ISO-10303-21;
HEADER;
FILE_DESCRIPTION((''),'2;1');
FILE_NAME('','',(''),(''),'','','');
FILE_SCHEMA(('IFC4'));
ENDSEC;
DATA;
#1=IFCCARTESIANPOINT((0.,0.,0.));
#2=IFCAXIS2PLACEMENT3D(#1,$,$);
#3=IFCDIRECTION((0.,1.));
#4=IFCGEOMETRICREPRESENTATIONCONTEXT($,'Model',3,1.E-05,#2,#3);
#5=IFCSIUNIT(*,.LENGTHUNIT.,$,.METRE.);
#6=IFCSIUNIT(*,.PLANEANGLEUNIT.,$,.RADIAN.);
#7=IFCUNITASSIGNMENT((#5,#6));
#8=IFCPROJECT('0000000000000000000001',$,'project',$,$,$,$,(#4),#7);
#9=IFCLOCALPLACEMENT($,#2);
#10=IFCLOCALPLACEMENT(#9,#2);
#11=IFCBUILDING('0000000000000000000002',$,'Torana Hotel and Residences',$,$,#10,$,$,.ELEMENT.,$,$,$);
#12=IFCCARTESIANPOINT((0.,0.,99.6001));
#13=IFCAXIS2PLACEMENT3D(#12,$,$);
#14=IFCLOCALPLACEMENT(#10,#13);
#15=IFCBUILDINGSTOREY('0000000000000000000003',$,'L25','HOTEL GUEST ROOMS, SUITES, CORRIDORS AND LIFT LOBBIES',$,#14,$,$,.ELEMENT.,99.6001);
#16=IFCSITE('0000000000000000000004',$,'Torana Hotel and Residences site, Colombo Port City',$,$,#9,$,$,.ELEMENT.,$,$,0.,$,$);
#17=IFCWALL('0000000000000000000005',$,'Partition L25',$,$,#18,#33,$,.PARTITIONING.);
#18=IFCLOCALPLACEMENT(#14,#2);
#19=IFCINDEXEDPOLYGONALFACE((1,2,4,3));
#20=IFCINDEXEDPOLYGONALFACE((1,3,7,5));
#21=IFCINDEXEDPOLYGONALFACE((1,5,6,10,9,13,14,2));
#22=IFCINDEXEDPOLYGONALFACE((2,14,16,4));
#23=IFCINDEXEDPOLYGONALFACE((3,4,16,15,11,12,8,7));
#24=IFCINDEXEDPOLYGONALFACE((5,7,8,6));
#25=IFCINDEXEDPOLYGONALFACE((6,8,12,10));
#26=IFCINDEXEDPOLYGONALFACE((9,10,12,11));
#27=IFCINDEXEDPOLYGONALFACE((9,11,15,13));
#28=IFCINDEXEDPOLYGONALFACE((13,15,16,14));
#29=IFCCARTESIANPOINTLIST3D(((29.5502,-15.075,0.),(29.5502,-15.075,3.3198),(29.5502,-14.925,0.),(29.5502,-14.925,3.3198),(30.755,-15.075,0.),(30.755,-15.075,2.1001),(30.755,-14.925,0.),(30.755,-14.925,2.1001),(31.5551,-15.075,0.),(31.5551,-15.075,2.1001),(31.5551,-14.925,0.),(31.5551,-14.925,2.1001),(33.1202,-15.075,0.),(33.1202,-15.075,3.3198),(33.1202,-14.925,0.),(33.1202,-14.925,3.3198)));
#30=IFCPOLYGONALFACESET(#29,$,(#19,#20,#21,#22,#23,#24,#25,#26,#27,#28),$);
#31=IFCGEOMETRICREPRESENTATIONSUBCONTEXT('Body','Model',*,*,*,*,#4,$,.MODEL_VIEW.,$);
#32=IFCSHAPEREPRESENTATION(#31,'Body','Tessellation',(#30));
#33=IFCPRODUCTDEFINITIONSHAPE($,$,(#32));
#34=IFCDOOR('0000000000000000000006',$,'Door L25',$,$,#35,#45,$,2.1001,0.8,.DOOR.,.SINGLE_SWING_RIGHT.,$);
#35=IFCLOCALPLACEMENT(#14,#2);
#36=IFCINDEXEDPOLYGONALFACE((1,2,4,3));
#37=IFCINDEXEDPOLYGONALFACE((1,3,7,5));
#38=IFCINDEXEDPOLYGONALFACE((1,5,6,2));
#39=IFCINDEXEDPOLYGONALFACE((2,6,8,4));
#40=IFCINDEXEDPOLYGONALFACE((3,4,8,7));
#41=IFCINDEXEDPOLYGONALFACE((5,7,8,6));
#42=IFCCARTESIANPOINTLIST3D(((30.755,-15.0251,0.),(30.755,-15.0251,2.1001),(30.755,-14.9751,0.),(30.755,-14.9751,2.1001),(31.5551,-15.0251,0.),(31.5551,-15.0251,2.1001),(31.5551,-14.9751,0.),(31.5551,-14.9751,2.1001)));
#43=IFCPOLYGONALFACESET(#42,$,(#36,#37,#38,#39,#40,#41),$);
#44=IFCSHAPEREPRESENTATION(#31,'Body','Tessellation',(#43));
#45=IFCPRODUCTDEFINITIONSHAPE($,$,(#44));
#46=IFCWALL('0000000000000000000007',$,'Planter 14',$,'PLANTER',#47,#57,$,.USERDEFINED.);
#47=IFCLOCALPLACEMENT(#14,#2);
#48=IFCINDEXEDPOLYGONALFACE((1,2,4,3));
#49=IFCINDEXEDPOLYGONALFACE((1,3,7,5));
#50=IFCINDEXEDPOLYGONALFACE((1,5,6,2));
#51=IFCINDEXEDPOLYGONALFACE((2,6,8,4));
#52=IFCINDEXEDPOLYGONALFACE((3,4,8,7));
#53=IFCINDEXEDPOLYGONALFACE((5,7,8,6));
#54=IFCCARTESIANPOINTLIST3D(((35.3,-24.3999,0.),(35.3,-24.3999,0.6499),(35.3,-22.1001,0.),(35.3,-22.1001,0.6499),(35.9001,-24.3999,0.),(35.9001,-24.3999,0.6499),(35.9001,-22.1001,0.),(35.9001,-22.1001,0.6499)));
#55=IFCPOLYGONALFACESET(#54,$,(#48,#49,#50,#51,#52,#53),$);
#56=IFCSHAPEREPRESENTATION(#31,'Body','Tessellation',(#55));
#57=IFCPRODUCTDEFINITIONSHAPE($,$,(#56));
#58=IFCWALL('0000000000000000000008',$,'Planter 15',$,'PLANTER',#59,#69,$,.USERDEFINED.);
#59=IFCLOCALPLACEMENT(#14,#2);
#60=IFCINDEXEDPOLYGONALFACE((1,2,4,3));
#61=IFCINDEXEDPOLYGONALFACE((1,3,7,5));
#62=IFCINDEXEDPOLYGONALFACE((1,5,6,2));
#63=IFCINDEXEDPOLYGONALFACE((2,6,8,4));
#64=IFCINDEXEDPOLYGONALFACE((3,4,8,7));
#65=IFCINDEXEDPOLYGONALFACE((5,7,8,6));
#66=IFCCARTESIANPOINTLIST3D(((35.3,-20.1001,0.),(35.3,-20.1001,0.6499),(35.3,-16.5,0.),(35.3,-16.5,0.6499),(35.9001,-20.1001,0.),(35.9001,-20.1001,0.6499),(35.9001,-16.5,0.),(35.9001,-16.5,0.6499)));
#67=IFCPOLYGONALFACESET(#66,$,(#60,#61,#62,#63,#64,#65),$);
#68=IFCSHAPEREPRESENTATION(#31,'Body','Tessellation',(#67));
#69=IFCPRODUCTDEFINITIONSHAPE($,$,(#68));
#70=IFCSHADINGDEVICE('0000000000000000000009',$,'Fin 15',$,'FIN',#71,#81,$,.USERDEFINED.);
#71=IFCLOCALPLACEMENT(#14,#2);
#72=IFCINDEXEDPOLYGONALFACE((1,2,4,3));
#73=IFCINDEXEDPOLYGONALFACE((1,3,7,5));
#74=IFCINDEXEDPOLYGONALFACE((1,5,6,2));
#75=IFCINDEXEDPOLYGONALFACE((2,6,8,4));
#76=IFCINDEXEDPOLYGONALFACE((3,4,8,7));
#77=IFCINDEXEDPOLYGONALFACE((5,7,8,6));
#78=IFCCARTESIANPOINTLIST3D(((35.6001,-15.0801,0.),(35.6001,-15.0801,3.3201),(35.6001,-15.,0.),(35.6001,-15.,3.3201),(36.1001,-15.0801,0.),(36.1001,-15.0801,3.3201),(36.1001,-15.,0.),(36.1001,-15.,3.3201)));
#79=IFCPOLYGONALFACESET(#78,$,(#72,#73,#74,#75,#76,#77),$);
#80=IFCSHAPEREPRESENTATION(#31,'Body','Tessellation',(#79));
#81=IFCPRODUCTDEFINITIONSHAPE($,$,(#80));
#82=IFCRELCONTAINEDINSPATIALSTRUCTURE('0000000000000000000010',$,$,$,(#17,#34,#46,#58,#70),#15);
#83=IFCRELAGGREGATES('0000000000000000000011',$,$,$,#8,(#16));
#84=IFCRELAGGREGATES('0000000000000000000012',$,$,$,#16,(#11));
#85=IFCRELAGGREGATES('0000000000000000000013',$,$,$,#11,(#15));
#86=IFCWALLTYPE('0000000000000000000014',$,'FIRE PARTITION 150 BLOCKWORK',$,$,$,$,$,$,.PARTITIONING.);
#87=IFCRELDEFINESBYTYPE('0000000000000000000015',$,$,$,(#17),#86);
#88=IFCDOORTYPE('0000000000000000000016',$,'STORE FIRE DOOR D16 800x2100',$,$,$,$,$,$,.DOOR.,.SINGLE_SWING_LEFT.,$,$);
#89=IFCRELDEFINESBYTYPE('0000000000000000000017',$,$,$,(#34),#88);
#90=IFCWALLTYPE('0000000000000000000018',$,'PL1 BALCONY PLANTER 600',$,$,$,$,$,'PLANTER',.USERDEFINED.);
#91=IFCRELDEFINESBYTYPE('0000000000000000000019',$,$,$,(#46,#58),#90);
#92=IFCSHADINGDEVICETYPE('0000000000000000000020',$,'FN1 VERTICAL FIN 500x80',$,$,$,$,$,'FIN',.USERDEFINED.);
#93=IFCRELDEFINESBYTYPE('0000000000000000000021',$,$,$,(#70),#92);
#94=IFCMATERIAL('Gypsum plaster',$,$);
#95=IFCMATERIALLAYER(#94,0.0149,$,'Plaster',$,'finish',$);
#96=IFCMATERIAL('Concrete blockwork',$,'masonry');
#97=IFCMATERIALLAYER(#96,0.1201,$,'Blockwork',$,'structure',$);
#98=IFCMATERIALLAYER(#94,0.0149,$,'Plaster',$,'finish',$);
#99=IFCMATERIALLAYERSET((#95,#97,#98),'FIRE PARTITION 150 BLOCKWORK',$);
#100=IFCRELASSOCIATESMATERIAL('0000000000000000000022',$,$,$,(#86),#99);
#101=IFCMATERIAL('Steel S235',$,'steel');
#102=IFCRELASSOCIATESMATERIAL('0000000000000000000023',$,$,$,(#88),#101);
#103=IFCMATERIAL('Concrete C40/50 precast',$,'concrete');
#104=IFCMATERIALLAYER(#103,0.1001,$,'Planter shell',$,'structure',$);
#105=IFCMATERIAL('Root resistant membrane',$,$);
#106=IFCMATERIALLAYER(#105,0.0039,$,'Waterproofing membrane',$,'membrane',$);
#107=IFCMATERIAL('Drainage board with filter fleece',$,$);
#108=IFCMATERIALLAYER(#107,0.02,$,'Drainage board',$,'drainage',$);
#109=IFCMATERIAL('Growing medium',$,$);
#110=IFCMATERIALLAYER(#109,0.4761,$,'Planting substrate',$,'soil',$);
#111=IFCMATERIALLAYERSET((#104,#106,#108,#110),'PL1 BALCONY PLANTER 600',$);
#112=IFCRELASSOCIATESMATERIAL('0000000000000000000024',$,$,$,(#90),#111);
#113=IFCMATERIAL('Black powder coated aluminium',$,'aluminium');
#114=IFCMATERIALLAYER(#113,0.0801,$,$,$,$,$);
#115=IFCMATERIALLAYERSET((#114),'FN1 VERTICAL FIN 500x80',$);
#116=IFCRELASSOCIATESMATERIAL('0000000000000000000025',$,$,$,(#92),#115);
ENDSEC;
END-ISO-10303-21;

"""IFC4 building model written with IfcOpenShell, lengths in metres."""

from ifc_helpers import new_model, si_unit, direction, frame, frame_2d, origin, origin_2d, place, context, subcontext, project, spatial, rectangle, extrude, material, layer, layer_set, type_object, element, fill, save


model = new_model("IFC4")

# Units and contexts
model_context = context("Model", 3, precision=1e-05, world=origin(), true_north=direction((0.0, 1.0)))
body_context = subcontext(model_context, "Body", "Model", "MODEL_VIEW")
ifc_project = project(units=[si_unit("LENGTHUNIT", "METRE"), si_unit("PLANEANGLEUNIT", "RADIAN")], contexts=[model_context])

# Site, building, storey
site_placement = place(None, origin())
site = spatial("IfcSite", under=ifc_project, at=site_placement, Name="Torana Hotel and Residences site, Colombo Port City", CompositionType="ELEMENT", RefElevation=0.0)
building_placement = place(site_placement, origin())
building = spatial("IfcBuilding", under=site, at=building_placement, Name="Torana Hotel and Residences", CompositionType="ELEMENT")
storey_placement = place(building_placement, frame((0.0, 0.0, 99.6001)))
storey = spatial("IfcBuildingStorey", under=building, at=storey_placement, Name="L25", Description="HOTEL GUEST ROOMS, SUITES, CORRIDORS AND LIFT LOBBIES", CompositionType="ELEMENT", Elevation=99.6001)

# Wall, opening, door
ifc_material_1 = material(Name="Gypsum plaster")
ifc_layer_1 = layer(ifc_material_1, 0.0149, Name="Plaster", Category="finish")
ifc_material_2 = material(Name="Concrete blockwork", Category="masonry")
ifc_layer_2 = layer(ifc_material_2, 0.1201, Name="Blockwork", Category="structure")
ifc_layer_3 = layer(ifc_material_1, 0.0149, Name="Plaster", Category="finish")
ifc_layer_set_1 = layer_set([ifc_layer_1, ifc_layer_2, ifc_layer_3], Name="FIRE PARTITION 150 BLOCKWORK")
wall_type_1 = type_object("IfcWallType", Name="FIRE PARTITION 150 BLOCKWORK", PredefinedType="PARTITIONING", material=ifc_layer_set_1)
wall_1_placement = place(storey_placement, frame((29.55, -15.0, 0.0), z_axis=(0.0, 0.0, 1.0), x_axis=(1.0, 0.0, 0.0)))
wall_1 = element("IfcWall", 1, at=wall_1_placement, inside=storey, type_object=wall_type_1, Name="Partition L25", PredefinedType="PARTITIONING", context=body_context, shape_type="SweptSolid", body=[
    extrude(rectangle(XDim=3.5701, YDim=0.1499, at=frame_2d((1.7852, 0.0))), origin(), (0.0, 0.0, 1.0), 3.3198),
])
opening_1_placement = place(wall_1_placement, frame((1.2051, 0.0, 0.0)))
opening_1 = element("IfcOpeningElement", 2, at=opening_1_placement, cuts=wall_1, PredefinedType="OPENING", context=body_context, shape_type="SweptSolid", body=[
    extrude(rectangle(XDim=0.8, YDim=2.1001, at=frame_2d((0.3999, 1.05))), frame((0.0, 0.085, 0.0), z_axis=(0.0, -1.0, 0.0), x_axis=(1.0, 0.0, 0.0)), (0.0, 0.0, 1.0), 0.1699),
])
ifc_material_3 = material(Name="Steel S235", Category="steel")
door_type_1 = type_object("IfcDoorType", Name="STORE FIRE DOOR D16 800x2100", OperationType="SINGLE_SWING_LEFT", PredefinedType="DOOR", material=ifc_material_3)
door_1_placement = place(opening_1_placement, origin())
door_1 = element("IfcDoor", 3, at=door_1_placement, inside=storey, type_object=door_type_1, Name="Door L25", OperationType="SINGLE_SWING_RIGHT", OverallHeight=2.1001, OverallWidth=0.8, PredefinedType="DOOR", context=body_context, shape_type="SweptSolid", body=[
    extrude(rectangle(XDim=0.8, YDim=2.1001, at=frame_2d((0.3999, 1.05))), frame((0.0, 0.0249, 0.0), z_axis=(0.0, -1.0, 0.0), x_axis=(1.0, 0.0, 0.0)), (0.0, 0.0, 1.0), 0.05),
])
fill(opening_1, door_1)

# Walls
ifc_material_4 = material(Name="Concrete C40/50 precast", Category="concrete")
ifc_layer_4 = layer(ifc_material_4, 0.1001, Name="Planter shell", Category="structure")
ifc_material_5 = material(Name="Root resistant membrane")
ifc_layer_5 = layer(ifc_material_5, 0.0039, Name="Waterproofing membrane", Category="membrane")
ifc_material_6 = material(Name="Drainage board with filter fleece")
ifc_layer_6 = layer(ifc_material_6, 0.02, Name="Drainage board", Category="drainage")
ifc_material_7 = material(Name="Growing medium")
ifc_layer_7 = layer(ifc_material_7, 0.4761, Name="Planting substrate", Category="soil")
ifc_layer_set_2 = layer_set([ifc_layer_4, ifc_layer_5, ifc_layer_6, ifc_layer_7], Name="PL1 BALCONY PLANTER 600")
wall_type_2 = type_object("IfcWallType", Name="PL1 BALCONY PLANTER 600", ElementType="PLANTER", PredefinedType="USERDEFINED", material=ifc_layer_set_2)
wall_2_placement = place(storey_placement, frame((35.6001, -22.1001, 0.0), z_axis=(0.0, 0.0, 1.0), x_axis=(0.0, -1.0, 0.0)))
element("IfcWall", 4, at=wall_2_placement, inside=storey, type_object=wall_type_2, Name="Planter 14", ObjectType="PLANTER", PredefinedType="USERDEFINED", context=body_context, shape_type="SweptSolid", body=[
    extrude(rectangle(XDim=2.2998, YDim=0.6001, at=frame_2d((1.1499, 0.0))), origin(), (0.0, 0.0, 1.0), 0.6499),
])
wall_3_placement = place(storey_placement, frame((35.6001, -16.5, 0.0), z_axis=(0.0, 0.0, 1.0), x_axis=(0.0, -1.0, 0.0)))
element("IfcWall", 5, at=wall_3_placement, inside=storey, type_object=wall_type_2, Name="Planter 15", ObjectType="PLANTER", PredefinedType="USERDEFINED", context=body_context, shape_type="SweptSolid", body=[
    extrude(rectangle(XDim=3.6001, YDim=0.6001, at=frame_2d((1.8, 0.0))), origin(), (0.0, 0.0, 1.0), 0.6499),
])

# Shading device
ifc_material_8 = material(Name="Black powder coated aluminium", Category="aluminium")
ifc_layer_8 = layer(ifc_material_8, 0.0801)
ifc_layer_set_3 = layer_set([ifc_layer_8], Name="FN1 VERTICAL FIN 500x80")
shading_device_type = type_object("IfcShadingDeviceType", Name="FN1 VERTICAL FIN 500x80", ElementType="FIN", PredefinedType="USERDEFINED", material=ifc_layer_set_3)
shading_device_placement = place(storey_placement, frame((35.8501, -15.04, 0.0), z_axis=(0.0, 0.0, 1.0), x_axis=(0.0, -1.0, 0.0)))
element("IfcShadingDevice", 6, at=shading_device_placement, inside=storey, type_object=shading_device_type, Name="Fin 15", ObjectType="FIN", PredefinedType="USERDEFINED", context=body_context, shape_type="SweptSolid", body=[
    extrude(rectangle(XDim=0.0801, YDim=0.5, at=origin_2d()), origin(), (0.0, 0.0, 1.0), 3.3201),
])

save(model, "model.ifc")
